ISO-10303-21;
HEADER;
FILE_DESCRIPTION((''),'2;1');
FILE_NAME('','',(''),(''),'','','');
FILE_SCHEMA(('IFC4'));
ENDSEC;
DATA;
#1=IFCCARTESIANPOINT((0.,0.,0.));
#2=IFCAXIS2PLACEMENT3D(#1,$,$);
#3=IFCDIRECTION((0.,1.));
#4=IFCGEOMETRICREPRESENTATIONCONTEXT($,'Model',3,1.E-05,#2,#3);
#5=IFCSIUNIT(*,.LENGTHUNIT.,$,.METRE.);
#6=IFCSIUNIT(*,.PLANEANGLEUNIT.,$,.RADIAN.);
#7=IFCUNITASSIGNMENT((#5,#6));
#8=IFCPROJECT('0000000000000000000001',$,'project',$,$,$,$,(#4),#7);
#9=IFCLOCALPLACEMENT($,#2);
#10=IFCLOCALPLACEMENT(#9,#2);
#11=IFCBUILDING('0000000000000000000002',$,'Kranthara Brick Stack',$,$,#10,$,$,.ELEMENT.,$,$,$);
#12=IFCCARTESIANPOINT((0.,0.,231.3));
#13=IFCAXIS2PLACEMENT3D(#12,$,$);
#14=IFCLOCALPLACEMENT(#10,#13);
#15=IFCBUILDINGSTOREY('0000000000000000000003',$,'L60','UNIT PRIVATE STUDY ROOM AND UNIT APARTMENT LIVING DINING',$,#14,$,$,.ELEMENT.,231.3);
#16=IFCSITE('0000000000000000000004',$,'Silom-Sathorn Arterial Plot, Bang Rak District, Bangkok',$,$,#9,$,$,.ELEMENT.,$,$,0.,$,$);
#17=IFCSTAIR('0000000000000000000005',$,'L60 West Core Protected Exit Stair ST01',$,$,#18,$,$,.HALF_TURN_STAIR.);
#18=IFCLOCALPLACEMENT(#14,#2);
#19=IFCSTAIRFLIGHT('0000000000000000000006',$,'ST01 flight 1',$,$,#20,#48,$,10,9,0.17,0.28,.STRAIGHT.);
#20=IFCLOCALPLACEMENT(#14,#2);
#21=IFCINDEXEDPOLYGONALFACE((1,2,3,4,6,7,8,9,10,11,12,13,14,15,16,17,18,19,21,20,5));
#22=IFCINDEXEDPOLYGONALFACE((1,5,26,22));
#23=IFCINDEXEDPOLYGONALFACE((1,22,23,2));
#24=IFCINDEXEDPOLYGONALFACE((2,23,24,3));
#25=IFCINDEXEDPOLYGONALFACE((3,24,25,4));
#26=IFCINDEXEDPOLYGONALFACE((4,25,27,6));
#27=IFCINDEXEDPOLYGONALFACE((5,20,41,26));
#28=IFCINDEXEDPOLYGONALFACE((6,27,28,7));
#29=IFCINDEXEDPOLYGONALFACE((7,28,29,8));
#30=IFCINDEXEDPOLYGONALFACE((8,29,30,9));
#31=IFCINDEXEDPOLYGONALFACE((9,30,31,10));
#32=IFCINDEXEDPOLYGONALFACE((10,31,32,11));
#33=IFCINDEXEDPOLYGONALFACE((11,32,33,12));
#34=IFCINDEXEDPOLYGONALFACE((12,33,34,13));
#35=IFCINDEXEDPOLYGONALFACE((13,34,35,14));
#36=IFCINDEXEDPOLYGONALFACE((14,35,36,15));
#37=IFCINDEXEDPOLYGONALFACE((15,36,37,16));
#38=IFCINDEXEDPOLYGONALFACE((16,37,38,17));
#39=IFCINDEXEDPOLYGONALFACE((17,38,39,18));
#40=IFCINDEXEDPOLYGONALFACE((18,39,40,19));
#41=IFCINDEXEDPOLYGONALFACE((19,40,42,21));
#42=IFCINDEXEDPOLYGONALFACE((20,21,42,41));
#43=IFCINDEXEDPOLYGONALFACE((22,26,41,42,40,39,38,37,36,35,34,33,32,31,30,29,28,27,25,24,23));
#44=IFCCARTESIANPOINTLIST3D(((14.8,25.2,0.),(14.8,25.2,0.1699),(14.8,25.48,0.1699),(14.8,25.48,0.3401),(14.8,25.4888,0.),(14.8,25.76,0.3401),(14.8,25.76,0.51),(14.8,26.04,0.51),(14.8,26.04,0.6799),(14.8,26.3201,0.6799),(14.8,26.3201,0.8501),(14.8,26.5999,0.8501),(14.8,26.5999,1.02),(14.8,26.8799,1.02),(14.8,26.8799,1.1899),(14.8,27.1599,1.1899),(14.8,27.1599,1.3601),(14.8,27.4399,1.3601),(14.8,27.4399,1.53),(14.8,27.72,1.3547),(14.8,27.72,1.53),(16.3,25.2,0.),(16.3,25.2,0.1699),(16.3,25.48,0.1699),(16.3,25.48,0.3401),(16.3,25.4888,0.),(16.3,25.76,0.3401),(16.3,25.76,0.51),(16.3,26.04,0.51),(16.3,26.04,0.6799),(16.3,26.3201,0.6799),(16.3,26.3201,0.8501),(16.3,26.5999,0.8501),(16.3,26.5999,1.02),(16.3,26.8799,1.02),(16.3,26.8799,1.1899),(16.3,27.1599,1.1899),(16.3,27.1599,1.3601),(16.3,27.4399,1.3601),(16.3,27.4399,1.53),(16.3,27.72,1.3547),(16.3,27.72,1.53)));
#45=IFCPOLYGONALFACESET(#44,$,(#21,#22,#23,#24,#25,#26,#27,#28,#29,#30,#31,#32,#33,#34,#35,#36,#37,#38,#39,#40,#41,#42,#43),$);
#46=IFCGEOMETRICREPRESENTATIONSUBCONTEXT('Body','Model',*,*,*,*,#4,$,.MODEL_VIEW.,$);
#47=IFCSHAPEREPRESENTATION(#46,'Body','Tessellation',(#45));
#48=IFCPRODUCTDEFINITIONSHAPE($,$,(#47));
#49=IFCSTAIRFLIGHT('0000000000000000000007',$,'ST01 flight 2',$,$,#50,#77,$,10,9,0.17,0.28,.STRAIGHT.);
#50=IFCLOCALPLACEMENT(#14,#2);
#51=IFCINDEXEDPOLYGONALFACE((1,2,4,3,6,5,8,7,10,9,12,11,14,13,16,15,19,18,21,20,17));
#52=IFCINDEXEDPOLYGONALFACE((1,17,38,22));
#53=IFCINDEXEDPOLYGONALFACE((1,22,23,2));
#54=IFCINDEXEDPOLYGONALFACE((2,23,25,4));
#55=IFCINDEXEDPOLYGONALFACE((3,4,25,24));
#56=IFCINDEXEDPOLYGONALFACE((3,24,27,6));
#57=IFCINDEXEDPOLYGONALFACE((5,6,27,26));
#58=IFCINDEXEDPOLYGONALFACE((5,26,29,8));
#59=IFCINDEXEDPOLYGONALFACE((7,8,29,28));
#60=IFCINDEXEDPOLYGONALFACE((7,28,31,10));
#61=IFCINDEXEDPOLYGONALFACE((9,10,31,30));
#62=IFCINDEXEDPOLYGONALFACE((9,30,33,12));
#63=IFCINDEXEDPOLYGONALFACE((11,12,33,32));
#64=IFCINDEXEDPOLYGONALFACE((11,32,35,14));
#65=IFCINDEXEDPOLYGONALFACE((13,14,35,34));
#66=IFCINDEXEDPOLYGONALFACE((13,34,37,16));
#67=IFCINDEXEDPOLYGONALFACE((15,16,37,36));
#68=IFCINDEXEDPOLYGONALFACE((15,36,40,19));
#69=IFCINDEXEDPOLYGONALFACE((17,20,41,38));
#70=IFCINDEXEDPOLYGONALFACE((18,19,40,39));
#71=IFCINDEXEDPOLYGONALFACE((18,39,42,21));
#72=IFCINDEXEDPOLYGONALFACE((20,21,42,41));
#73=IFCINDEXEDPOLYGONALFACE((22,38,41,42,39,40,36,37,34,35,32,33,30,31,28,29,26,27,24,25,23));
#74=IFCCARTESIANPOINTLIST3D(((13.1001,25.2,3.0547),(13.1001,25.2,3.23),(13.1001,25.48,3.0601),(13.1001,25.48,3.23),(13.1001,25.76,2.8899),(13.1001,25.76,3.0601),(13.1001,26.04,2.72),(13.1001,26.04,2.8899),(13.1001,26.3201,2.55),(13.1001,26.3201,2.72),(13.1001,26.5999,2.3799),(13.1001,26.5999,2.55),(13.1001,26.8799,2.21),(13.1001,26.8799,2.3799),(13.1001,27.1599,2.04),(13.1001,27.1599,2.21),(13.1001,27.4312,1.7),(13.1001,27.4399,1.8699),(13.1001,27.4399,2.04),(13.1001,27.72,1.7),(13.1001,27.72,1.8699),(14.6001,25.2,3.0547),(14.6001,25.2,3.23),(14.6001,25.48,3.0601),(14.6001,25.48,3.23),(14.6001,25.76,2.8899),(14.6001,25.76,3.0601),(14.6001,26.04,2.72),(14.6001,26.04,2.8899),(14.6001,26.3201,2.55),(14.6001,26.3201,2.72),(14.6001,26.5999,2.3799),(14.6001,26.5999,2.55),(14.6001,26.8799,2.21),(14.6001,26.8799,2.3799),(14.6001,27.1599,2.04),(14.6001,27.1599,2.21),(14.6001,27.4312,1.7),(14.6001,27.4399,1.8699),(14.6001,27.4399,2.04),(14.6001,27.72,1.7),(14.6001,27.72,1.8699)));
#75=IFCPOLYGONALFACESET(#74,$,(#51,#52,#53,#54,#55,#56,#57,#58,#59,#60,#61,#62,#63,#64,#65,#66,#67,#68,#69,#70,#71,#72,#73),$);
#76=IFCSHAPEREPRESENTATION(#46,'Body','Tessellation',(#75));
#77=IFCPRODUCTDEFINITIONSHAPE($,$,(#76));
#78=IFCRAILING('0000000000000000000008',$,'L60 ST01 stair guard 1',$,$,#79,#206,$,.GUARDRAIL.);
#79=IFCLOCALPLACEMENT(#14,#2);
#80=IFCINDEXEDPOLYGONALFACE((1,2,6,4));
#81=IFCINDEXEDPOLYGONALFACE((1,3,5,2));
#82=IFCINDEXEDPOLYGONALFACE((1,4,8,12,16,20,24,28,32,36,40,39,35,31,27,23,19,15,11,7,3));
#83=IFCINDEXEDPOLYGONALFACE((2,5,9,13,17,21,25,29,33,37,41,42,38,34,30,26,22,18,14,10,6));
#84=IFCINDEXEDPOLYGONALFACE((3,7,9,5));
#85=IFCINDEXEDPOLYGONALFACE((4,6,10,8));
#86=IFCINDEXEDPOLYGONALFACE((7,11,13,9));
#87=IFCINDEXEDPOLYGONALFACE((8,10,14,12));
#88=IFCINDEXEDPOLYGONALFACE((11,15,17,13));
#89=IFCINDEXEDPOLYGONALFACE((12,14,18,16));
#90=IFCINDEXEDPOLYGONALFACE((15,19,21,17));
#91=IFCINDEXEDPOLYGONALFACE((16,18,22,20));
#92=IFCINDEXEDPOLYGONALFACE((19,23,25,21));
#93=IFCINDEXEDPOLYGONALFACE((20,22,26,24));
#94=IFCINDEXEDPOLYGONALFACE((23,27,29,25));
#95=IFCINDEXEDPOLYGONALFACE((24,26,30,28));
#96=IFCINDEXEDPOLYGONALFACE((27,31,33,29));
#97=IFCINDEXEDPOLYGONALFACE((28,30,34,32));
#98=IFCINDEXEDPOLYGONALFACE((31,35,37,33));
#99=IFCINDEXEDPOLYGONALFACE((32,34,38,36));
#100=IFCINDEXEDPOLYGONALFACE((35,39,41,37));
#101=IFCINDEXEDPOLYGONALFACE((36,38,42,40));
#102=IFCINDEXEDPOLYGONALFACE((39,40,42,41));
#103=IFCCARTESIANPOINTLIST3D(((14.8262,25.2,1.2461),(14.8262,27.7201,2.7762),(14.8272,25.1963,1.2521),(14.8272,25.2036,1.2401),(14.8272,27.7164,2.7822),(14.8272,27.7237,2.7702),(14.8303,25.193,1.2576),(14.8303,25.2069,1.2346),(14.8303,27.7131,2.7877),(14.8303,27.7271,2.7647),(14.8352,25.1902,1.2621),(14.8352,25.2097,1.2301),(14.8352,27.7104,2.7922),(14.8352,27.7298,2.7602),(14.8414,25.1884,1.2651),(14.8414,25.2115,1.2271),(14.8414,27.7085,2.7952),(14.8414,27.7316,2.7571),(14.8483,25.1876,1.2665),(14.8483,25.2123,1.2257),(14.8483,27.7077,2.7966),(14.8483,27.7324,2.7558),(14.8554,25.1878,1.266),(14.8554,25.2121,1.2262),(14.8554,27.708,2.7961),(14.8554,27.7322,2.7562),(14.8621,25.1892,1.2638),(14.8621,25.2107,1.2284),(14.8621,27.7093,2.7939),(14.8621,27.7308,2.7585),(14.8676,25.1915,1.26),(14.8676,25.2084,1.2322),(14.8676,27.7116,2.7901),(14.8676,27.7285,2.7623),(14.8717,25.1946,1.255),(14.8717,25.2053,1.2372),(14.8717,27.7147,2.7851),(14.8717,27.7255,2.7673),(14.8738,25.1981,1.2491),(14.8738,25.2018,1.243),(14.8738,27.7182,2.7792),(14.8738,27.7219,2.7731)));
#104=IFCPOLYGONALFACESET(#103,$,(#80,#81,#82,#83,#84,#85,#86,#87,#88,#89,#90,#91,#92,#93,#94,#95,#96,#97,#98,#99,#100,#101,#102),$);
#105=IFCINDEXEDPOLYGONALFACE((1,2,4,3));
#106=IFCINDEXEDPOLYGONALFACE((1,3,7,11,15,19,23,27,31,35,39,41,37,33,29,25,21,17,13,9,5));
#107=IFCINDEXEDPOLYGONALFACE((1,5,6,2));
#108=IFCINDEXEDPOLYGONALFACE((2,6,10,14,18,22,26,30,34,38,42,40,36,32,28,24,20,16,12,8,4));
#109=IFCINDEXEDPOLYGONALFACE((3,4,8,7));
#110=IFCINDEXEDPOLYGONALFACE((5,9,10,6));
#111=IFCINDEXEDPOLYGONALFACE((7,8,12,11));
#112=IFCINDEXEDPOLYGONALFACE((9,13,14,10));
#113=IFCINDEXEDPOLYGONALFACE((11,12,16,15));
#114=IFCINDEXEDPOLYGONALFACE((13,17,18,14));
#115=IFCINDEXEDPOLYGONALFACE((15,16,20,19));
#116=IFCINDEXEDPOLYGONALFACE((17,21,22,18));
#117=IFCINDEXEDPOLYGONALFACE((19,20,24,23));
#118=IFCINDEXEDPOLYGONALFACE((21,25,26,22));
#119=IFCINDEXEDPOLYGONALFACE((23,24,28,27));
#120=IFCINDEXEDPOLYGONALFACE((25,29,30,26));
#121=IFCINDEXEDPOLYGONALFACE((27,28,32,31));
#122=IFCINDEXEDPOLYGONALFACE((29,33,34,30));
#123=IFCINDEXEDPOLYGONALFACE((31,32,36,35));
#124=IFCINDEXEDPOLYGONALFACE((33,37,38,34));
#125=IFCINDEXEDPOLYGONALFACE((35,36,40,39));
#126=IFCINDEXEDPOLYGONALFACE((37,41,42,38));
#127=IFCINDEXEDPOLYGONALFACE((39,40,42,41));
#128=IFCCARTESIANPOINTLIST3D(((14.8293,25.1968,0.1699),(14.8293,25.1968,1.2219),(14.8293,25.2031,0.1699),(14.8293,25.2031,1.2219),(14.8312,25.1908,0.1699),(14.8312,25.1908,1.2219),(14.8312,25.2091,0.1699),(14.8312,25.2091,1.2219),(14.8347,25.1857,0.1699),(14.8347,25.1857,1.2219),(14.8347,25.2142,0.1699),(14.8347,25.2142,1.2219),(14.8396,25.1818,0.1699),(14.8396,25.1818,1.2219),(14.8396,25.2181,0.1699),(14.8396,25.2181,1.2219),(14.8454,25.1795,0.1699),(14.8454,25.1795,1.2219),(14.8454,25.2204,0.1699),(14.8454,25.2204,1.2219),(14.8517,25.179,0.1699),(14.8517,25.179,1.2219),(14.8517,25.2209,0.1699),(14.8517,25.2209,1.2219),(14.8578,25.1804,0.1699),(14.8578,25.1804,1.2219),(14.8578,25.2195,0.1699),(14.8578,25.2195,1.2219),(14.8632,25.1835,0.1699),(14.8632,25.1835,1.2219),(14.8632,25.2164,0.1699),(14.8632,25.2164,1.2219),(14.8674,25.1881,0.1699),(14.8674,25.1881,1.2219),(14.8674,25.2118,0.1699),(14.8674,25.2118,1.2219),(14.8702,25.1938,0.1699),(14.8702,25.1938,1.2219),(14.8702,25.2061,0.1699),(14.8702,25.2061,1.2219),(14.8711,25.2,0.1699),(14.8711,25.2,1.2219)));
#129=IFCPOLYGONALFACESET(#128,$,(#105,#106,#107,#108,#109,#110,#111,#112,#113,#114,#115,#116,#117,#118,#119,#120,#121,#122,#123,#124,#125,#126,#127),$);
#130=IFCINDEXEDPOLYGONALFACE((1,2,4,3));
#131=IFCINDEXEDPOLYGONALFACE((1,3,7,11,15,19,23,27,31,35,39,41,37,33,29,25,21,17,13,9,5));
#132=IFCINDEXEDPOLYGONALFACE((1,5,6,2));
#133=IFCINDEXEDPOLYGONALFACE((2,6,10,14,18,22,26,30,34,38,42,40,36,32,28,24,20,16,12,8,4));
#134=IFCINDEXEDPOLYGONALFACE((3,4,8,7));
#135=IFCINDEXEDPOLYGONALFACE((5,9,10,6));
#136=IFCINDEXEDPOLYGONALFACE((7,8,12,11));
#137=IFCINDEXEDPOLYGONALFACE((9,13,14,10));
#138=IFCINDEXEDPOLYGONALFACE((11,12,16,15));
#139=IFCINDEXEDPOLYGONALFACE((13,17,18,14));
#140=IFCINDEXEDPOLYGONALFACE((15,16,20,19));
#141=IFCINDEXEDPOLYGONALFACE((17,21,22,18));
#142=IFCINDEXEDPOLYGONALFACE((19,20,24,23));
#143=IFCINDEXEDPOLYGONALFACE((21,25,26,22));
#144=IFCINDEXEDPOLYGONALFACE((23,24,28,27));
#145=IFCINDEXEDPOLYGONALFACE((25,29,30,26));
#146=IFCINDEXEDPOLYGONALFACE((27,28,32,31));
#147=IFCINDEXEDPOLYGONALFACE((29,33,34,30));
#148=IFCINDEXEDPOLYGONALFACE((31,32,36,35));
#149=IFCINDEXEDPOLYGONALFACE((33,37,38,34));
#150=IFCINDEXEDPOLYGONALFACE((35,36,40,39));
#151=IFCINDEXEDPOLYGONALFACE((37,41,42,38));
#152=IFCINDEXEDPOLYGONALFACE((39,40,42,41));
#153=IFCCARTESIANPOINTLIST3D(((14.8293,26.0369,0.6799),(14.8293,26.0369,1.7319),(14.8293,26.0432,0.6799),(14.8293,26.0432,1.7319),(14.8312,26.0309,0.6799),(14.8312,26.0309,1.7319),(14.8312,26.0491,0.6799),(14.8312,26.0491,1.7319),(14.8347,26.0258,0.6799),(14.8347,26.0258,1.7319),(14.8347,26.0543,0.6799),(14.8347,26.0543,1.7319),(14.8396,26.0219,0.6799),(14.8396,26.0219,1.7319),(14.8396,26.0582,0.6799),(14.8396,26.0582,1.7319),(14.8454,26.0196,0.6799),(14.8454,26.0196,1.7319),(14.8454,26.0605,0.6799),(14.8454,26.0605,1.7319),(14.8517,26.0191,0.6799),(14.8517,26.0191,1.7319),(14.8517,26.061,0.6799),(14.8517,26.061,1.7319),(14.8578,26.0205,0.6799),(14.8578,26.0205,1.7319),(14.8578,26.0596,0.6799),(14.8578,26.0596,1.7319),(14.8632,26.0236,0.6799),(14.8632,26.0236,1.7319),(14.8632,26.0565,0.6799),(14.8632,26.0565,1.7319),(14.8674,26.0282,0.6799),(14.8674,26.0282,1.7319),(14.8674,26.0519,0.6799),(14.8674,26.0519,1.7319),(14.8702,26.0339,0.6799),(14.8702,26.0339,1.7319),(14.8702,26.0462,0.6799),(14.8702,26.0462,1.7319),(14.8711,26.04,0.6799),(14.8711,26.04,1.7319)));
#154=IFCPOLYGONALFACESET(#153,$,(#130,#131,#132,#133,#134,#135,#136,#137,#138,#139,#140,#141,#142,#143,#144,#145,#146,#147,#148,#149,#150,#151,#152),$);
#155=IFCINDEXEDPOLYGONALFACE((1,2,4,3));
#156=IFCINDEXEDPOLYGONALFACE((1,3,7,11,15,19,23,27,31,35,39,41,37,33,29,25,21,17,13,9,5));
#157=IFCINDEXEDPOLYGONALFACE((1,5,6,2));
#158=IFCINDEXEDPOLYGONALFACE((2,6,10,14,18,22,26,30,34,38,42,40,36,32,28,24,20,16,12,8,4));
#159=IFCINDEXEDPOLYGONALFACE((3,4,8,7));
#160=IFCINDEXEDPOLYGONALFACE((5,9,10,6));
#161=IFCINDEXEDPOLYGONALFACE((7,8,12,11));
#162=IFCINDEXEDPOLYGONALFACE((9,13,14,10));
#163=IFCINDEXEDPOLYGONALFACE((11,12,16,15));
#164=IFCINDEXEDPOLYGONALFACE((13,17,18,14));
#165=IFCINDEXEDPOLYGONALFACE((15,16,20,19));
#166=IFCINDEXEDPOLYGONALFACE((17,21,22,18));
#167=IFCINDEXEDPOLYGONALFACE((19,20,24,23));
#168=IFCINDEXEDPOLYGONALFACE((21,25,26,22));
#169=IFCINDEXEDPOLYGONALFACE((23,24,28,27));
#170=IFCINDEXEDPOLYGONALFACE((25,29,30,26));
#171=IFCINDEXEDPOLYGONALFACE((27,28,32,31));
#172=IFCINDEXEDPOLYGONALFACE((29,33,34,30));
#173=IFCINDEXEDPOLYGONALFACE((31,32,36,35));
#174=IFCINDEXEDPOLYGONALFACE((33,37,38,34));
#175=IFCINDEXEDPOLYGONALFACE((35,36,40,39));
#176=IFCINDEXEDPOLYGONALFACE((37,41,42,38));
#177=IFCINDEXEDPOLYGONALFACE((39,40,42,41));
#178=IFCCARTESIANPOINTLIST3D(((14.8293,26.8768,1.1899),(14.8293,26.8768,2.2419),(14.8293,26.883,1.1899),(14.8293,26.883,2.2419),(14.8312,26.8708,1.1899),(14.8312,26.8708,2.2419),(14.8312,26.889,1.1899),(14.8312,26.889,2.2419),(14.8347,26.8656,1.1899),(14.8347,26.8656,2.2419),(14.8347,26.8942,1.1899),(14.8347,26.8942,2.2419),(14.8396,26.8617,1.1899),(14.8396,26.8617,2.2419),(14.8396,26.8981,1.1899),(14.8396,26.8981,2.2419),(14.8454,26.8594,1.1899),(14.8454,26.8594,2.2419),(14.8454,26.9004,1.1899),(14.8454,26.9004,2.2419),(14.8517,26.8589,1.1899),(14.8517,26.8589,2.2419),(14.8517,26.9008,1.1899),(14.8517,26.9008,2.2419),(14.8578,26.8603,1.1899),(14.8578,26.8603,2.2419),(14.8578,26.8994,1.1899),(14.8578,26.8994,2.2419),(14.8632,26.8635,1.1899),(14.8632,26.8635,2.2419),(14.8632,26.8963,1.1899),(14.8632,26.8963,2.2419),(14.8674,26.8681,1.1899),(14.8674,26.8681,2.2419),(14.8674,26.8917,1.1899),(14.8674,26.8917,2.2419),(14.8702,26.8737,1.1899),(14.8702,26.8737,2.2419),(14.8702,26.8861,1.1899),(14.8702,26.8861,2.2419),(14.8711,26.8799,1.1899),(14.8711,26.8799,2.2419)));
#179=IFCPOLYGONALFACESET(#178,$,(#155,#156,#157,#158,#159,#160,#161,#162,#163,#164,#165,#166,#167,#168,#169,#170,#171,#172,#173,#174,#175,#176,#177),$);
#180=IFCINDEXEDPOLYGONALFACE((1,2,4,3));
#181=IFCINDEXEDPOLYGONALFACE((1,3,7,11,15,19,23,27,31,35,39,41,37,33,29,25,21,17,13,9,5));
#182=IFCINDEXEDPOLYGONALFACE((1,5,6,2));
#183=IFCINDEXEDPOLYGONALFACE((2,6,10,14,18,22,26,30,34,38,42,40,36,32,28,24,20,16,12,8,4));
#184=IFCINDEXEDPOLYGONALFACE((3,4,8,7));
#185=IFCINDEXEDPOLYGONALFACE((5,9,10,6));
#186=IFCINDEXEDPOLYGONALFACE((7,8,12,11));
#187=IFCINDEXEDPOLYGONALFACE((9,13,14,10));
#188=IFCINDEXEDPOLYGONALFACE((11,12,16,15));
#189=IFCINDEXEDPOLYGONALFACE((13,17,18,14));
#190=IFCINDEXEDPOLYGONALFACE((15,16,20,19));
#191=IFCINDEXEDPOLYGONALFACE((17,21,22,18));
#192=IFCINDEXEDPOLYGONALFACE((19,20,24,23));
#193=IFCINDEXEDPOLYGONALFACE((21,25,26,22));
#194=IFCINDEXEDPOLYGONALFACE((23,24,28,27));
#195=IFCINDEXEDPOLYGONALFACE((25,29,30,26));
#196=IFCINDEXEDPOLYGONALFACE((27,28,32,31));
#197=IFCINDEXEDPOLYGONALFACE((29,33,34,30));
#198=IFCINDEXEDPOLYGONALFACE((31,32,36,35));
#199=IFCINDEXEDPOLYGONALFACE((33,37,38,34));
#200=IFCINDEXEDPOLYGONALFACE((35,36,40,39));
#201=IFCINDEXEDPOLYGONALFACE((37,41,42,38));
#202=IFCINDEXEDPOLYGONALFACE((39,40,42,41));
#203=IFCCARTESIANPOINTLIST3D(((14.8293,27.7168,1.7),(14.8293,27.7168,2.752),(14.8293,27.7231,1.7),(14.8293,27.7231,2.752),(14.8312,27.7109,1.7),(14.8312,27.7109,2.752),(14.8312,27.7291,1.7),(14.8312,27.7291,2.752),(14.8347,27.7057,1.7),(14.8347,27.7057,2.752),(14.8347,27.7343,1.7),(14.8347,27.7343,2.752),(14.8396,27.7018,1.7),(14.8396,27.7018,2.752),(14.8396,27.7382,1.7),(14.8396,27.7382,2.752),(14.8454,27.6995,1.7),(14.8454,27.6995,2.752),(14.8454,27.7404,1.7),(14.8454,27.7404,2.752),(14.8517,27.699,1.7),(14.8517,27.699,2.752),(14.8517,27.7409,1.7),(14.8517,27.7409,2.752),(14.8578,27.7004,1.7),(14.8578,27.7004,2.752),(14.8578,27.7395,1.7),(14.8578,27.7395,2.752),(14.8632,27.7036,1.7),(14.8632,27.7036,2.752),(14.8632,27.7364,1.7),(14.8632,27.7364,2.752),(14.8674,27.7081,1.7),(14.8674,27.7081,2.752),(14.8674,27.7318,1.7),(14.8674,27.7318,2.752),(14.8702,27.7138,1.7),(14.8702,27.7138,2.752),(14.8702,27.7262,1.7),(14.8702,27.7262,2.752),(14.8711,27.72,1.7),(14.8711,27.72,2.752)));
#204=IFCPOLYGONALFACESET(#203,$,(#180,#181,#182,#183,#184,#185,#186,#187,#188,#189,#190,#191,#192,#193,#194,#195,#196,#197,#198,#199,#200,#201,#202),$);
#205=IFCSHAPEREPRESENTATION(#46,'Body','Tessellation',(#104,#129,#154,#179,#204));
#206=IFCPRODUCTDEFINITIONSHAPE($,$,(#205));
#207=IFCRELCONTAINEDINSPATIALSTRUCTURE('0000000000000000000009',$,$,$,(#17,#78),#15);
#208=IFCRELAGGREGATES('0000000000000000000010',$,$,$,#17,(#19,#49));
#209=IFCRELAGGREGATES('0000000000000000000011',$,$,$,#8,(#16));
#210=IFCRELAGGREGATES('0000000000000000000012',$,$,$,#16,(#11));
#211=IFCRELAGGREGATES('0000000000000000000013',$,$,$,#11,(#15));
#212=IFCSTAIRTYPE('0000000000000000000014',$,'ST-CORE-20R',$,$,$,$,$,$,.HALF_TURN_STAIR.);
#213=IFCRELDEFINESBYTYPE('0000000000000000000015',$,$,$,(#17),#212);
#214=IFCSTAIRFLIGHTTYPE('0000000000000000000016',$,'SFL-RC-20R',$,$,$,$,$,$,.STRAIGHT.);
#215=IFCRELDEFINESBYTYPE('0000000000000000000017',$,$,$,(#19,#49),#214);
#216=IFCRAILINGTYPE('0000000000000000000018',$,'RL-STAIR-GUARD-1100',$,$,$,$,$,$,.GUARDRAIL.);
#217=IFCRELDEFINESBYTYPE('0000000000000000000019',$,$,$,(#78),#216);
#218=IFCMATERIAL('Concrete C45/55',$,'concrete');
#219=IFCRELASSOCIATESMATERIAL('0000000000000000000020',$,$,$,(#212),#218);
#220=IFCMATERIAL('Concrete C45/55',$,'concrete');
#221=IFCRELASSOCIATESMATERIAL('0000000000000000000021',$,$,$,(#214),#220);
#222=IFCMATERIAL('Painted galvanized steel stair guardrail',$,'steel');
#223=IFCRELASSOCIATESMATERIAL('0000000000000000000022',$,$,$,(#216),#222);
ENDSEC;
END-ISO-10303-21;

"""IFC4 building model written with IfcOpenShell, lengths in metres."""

from ifc_helpers import new_model, si_unit, direction, frame, origin, origin_2d, place, context, subcontext, project, spatial, polyline, circle, outline, extrude, material, type_object, element, aggregate, save


model = new_model("IFC4")

# Units and contexts
model_context = context("Model", 3, precision=1e-05, world=origin(), true_north=direction((0.0, 1.0)))
body_context = subcontext(model_context, "Body", "Model", "MODEL_VIEW")
ifc_project = project(units=[si_unit("LENGTHUNIT", "METRE"), si_unit("PLANEANGLEUNIT", "RADIAN")], contexts=[model_context])

# Site, building, storey
site_placement = place(None, origin())
site = spatial("IfcSite", under=ifc_project, at=site_placement, Name="Silom-Sathorn Arterial Plot, Bang Rak District, Bangkok", CompositionType="ELEMENT", RefElevation=0.0)
building_placement = place(site_placement, origin())
building = spatial("IfcBuilding", under=site, at=building_placement, Name="Kranthara Brick Stack", CompositionType="ELEMENT")
storey_placement = place(building_placement, frame((0.0, 0.0, 231.3)))
storey = spatial("IfcBuildingStorey", under=building, at=storey_placement, Name="L60", Description="UNIT PRIVATE STUDY ROOM AND UNIT APARTMENT LIVING DINING", CompositionType="ELEMENT", Elevation=231.3)

# Stair, stair flights
ifc_material_1 = material(Name="Concrete C45/55", Category="concrete")
stair_type = type_object("IfcStairType", Name="ST-CORE-20R", PredefinedType="HALF_TURN_STAIR", material=ifc_material_1)
stair_placement = place(storey_placement, origin())
stair = element("IfcStair", 1, at=stair_placement, inside=storey, type_object=stair_type, Name="L60 West Core Protected Exit Stair ST01", PredefinedType="HALF_TURN_STAIR")
ifc_material_2 = material(Name="Concrete C45/55", Category="concrete")
stair_flight_type = type_object("IfcStairFlightType", Name="SFL-RC-20R", PredefinedType="STRAIGHT", material=ifc_material_2)
stair_flight_1_placement = place(storey_placement, frame((15.55, 25.2, 0.0), z_axis=(0.0, 0.0, 1.0), x_axis=(0.0, 1.0, 0.0)))
stair_flight_1 = element("IfcStairFlight", 2, at=stair_flight_1_placement, type_object=stair_flight_type, Name="ST01 flight 1", NumberOfRisers=10, NumberOfTreads=9, PredefinedType="STRAIGHT", RiserHeight=0.17, TreadLength=0.28, context=body_context, shape_type="SweptSolid", body=[
    extrude(outline(polyline([(0.0, 0.0), (0.0, 0.1699), (0.28, 0.1699), (0.28, 0.3401), (0.5601, 0.3401), (0.5601, 0.51), (0.8401, 0.51), (0.8401, 0.6799), (1.1201, 0.6799), (1.1201, 0.8501), (1.3999, 0.8501), (1.3999, 1.02), (1.6799, 1.02), (1.6799, 1.1899), (1.96, 1.1899), (1.96, 1.3601), (2.24, 1.3601), (2.24, 1.53), (2.52, 1.53), (2.52, 1.7), (2.52, 1.3547), (0.2888, 0.0), (0.0, 0.0)])), frame((0.0, 0.75, 0.0), z_axis=(0.0, -1.0, 0.0), x_axis=(1.0, 0.0, 0.0)), (0.0, 0.0, 1.0), 1.5),
])
stair_flight_2_placement = place(storey_placement, frame((13.8501, 27.72, 1.7), z_axis=(0.0, 0.0, 1.0), x_axis=(0.0, -1.0, 0.0)))
stair_flight_2 = element("IfcStairFlight", 3, at=stair_flight_2_placement, type_object=stair_flight_type, Name="ST01 flight 2", NumberOfRisers=10, NumberOfTreads=9, PredefinedType="STRAIGHT", RiserHeight=0.17, TreadLength=0.28, context=body_context, shape_type="SweptSolid", body=[
    extrude(outline(polyline([(0.0, 0.0), (0.0, 0.1699), (0.28, 0.1699), (0.28, 0.3401), (0.5601, 0.3401), (0.5601, 0.51), (0.8401, 0.51), (0.8401, 0.6799), (1.1201, 0.6799), (1.1201, 0.8501), (1.3999, 0.8501), (1.3999, 1.02), (1.6799, 1.02), (1.6799, 1.1899), (1.96, 1.1899), (1.96, 1.3601), (2.24, 1.3601), (2.24, 1.53), (2.52, 1.53), (2.52, 1.7), (2.52, 1.3547), (0.2888, 0.0), (0.0, 0.0)])), frame((0.0, 0.75, 0.0), z_axis=(0.0, -1.0, 0.0), x_axis=(1.0, 0.0, 0.0)), (0.0, 0.0, 1.0), 1.5),
])
aggregate(stair, [stair_flight_1, stair_flight_2])

# Railing
ifc_material_3 = material(Name="Painted galvanized steel stair guardrail", Category="steel")
railing_type_1 = type_object("IfcRailingType", Name="RL-STAIR-GUARD-1100", PredefinedType="GUARDRAIL", material=ifc_material_3)
railing_1_placement = place(storey_placement, frame((14.8501, 25.2, 0.1699)))
element("IfcRailing", 4, at=railing_1_placement, inside=storey, type_object=railing_type_1, Name="L60 ST01 stair guard 1", PredefinedType="GUARDRAIL", context=body_context, shape_type="SweptSolid", body=[
    extrude(circle(Radius=0.0239, at=origin_2d()), frame((0.0, 0.0, 1.0762), z_axis=(0.0, 0.854785, 0.518982), x_axis=(-1.0, 0.0, 0.0)), (0.0, 0.0, 1.0), 2.9482),
    extrude(circle(Radius=0.021, at=origin_2d()), origin(), (0.0, 0.0, 1.0), 1.052),
    extrude(circle(Radius=0.021, at=origin_2d()), frame((0.0, 0.8401, 0.51)), (0.0, 0.0, 1.0), 1.052),
    extrude(circle(Radius=0.021, at=origin_2d()), frame((0.0, 1.6799, 1.02)), (0.0, 0.0, 1.0), 1.052),
    extrude(circle(Radius=0.021, at=origin_2d()), frame((0.0, 2.52, 1.53)), (0.0, 0.0, 1.0), 1.052),
])

save(model, "model.ifc")
